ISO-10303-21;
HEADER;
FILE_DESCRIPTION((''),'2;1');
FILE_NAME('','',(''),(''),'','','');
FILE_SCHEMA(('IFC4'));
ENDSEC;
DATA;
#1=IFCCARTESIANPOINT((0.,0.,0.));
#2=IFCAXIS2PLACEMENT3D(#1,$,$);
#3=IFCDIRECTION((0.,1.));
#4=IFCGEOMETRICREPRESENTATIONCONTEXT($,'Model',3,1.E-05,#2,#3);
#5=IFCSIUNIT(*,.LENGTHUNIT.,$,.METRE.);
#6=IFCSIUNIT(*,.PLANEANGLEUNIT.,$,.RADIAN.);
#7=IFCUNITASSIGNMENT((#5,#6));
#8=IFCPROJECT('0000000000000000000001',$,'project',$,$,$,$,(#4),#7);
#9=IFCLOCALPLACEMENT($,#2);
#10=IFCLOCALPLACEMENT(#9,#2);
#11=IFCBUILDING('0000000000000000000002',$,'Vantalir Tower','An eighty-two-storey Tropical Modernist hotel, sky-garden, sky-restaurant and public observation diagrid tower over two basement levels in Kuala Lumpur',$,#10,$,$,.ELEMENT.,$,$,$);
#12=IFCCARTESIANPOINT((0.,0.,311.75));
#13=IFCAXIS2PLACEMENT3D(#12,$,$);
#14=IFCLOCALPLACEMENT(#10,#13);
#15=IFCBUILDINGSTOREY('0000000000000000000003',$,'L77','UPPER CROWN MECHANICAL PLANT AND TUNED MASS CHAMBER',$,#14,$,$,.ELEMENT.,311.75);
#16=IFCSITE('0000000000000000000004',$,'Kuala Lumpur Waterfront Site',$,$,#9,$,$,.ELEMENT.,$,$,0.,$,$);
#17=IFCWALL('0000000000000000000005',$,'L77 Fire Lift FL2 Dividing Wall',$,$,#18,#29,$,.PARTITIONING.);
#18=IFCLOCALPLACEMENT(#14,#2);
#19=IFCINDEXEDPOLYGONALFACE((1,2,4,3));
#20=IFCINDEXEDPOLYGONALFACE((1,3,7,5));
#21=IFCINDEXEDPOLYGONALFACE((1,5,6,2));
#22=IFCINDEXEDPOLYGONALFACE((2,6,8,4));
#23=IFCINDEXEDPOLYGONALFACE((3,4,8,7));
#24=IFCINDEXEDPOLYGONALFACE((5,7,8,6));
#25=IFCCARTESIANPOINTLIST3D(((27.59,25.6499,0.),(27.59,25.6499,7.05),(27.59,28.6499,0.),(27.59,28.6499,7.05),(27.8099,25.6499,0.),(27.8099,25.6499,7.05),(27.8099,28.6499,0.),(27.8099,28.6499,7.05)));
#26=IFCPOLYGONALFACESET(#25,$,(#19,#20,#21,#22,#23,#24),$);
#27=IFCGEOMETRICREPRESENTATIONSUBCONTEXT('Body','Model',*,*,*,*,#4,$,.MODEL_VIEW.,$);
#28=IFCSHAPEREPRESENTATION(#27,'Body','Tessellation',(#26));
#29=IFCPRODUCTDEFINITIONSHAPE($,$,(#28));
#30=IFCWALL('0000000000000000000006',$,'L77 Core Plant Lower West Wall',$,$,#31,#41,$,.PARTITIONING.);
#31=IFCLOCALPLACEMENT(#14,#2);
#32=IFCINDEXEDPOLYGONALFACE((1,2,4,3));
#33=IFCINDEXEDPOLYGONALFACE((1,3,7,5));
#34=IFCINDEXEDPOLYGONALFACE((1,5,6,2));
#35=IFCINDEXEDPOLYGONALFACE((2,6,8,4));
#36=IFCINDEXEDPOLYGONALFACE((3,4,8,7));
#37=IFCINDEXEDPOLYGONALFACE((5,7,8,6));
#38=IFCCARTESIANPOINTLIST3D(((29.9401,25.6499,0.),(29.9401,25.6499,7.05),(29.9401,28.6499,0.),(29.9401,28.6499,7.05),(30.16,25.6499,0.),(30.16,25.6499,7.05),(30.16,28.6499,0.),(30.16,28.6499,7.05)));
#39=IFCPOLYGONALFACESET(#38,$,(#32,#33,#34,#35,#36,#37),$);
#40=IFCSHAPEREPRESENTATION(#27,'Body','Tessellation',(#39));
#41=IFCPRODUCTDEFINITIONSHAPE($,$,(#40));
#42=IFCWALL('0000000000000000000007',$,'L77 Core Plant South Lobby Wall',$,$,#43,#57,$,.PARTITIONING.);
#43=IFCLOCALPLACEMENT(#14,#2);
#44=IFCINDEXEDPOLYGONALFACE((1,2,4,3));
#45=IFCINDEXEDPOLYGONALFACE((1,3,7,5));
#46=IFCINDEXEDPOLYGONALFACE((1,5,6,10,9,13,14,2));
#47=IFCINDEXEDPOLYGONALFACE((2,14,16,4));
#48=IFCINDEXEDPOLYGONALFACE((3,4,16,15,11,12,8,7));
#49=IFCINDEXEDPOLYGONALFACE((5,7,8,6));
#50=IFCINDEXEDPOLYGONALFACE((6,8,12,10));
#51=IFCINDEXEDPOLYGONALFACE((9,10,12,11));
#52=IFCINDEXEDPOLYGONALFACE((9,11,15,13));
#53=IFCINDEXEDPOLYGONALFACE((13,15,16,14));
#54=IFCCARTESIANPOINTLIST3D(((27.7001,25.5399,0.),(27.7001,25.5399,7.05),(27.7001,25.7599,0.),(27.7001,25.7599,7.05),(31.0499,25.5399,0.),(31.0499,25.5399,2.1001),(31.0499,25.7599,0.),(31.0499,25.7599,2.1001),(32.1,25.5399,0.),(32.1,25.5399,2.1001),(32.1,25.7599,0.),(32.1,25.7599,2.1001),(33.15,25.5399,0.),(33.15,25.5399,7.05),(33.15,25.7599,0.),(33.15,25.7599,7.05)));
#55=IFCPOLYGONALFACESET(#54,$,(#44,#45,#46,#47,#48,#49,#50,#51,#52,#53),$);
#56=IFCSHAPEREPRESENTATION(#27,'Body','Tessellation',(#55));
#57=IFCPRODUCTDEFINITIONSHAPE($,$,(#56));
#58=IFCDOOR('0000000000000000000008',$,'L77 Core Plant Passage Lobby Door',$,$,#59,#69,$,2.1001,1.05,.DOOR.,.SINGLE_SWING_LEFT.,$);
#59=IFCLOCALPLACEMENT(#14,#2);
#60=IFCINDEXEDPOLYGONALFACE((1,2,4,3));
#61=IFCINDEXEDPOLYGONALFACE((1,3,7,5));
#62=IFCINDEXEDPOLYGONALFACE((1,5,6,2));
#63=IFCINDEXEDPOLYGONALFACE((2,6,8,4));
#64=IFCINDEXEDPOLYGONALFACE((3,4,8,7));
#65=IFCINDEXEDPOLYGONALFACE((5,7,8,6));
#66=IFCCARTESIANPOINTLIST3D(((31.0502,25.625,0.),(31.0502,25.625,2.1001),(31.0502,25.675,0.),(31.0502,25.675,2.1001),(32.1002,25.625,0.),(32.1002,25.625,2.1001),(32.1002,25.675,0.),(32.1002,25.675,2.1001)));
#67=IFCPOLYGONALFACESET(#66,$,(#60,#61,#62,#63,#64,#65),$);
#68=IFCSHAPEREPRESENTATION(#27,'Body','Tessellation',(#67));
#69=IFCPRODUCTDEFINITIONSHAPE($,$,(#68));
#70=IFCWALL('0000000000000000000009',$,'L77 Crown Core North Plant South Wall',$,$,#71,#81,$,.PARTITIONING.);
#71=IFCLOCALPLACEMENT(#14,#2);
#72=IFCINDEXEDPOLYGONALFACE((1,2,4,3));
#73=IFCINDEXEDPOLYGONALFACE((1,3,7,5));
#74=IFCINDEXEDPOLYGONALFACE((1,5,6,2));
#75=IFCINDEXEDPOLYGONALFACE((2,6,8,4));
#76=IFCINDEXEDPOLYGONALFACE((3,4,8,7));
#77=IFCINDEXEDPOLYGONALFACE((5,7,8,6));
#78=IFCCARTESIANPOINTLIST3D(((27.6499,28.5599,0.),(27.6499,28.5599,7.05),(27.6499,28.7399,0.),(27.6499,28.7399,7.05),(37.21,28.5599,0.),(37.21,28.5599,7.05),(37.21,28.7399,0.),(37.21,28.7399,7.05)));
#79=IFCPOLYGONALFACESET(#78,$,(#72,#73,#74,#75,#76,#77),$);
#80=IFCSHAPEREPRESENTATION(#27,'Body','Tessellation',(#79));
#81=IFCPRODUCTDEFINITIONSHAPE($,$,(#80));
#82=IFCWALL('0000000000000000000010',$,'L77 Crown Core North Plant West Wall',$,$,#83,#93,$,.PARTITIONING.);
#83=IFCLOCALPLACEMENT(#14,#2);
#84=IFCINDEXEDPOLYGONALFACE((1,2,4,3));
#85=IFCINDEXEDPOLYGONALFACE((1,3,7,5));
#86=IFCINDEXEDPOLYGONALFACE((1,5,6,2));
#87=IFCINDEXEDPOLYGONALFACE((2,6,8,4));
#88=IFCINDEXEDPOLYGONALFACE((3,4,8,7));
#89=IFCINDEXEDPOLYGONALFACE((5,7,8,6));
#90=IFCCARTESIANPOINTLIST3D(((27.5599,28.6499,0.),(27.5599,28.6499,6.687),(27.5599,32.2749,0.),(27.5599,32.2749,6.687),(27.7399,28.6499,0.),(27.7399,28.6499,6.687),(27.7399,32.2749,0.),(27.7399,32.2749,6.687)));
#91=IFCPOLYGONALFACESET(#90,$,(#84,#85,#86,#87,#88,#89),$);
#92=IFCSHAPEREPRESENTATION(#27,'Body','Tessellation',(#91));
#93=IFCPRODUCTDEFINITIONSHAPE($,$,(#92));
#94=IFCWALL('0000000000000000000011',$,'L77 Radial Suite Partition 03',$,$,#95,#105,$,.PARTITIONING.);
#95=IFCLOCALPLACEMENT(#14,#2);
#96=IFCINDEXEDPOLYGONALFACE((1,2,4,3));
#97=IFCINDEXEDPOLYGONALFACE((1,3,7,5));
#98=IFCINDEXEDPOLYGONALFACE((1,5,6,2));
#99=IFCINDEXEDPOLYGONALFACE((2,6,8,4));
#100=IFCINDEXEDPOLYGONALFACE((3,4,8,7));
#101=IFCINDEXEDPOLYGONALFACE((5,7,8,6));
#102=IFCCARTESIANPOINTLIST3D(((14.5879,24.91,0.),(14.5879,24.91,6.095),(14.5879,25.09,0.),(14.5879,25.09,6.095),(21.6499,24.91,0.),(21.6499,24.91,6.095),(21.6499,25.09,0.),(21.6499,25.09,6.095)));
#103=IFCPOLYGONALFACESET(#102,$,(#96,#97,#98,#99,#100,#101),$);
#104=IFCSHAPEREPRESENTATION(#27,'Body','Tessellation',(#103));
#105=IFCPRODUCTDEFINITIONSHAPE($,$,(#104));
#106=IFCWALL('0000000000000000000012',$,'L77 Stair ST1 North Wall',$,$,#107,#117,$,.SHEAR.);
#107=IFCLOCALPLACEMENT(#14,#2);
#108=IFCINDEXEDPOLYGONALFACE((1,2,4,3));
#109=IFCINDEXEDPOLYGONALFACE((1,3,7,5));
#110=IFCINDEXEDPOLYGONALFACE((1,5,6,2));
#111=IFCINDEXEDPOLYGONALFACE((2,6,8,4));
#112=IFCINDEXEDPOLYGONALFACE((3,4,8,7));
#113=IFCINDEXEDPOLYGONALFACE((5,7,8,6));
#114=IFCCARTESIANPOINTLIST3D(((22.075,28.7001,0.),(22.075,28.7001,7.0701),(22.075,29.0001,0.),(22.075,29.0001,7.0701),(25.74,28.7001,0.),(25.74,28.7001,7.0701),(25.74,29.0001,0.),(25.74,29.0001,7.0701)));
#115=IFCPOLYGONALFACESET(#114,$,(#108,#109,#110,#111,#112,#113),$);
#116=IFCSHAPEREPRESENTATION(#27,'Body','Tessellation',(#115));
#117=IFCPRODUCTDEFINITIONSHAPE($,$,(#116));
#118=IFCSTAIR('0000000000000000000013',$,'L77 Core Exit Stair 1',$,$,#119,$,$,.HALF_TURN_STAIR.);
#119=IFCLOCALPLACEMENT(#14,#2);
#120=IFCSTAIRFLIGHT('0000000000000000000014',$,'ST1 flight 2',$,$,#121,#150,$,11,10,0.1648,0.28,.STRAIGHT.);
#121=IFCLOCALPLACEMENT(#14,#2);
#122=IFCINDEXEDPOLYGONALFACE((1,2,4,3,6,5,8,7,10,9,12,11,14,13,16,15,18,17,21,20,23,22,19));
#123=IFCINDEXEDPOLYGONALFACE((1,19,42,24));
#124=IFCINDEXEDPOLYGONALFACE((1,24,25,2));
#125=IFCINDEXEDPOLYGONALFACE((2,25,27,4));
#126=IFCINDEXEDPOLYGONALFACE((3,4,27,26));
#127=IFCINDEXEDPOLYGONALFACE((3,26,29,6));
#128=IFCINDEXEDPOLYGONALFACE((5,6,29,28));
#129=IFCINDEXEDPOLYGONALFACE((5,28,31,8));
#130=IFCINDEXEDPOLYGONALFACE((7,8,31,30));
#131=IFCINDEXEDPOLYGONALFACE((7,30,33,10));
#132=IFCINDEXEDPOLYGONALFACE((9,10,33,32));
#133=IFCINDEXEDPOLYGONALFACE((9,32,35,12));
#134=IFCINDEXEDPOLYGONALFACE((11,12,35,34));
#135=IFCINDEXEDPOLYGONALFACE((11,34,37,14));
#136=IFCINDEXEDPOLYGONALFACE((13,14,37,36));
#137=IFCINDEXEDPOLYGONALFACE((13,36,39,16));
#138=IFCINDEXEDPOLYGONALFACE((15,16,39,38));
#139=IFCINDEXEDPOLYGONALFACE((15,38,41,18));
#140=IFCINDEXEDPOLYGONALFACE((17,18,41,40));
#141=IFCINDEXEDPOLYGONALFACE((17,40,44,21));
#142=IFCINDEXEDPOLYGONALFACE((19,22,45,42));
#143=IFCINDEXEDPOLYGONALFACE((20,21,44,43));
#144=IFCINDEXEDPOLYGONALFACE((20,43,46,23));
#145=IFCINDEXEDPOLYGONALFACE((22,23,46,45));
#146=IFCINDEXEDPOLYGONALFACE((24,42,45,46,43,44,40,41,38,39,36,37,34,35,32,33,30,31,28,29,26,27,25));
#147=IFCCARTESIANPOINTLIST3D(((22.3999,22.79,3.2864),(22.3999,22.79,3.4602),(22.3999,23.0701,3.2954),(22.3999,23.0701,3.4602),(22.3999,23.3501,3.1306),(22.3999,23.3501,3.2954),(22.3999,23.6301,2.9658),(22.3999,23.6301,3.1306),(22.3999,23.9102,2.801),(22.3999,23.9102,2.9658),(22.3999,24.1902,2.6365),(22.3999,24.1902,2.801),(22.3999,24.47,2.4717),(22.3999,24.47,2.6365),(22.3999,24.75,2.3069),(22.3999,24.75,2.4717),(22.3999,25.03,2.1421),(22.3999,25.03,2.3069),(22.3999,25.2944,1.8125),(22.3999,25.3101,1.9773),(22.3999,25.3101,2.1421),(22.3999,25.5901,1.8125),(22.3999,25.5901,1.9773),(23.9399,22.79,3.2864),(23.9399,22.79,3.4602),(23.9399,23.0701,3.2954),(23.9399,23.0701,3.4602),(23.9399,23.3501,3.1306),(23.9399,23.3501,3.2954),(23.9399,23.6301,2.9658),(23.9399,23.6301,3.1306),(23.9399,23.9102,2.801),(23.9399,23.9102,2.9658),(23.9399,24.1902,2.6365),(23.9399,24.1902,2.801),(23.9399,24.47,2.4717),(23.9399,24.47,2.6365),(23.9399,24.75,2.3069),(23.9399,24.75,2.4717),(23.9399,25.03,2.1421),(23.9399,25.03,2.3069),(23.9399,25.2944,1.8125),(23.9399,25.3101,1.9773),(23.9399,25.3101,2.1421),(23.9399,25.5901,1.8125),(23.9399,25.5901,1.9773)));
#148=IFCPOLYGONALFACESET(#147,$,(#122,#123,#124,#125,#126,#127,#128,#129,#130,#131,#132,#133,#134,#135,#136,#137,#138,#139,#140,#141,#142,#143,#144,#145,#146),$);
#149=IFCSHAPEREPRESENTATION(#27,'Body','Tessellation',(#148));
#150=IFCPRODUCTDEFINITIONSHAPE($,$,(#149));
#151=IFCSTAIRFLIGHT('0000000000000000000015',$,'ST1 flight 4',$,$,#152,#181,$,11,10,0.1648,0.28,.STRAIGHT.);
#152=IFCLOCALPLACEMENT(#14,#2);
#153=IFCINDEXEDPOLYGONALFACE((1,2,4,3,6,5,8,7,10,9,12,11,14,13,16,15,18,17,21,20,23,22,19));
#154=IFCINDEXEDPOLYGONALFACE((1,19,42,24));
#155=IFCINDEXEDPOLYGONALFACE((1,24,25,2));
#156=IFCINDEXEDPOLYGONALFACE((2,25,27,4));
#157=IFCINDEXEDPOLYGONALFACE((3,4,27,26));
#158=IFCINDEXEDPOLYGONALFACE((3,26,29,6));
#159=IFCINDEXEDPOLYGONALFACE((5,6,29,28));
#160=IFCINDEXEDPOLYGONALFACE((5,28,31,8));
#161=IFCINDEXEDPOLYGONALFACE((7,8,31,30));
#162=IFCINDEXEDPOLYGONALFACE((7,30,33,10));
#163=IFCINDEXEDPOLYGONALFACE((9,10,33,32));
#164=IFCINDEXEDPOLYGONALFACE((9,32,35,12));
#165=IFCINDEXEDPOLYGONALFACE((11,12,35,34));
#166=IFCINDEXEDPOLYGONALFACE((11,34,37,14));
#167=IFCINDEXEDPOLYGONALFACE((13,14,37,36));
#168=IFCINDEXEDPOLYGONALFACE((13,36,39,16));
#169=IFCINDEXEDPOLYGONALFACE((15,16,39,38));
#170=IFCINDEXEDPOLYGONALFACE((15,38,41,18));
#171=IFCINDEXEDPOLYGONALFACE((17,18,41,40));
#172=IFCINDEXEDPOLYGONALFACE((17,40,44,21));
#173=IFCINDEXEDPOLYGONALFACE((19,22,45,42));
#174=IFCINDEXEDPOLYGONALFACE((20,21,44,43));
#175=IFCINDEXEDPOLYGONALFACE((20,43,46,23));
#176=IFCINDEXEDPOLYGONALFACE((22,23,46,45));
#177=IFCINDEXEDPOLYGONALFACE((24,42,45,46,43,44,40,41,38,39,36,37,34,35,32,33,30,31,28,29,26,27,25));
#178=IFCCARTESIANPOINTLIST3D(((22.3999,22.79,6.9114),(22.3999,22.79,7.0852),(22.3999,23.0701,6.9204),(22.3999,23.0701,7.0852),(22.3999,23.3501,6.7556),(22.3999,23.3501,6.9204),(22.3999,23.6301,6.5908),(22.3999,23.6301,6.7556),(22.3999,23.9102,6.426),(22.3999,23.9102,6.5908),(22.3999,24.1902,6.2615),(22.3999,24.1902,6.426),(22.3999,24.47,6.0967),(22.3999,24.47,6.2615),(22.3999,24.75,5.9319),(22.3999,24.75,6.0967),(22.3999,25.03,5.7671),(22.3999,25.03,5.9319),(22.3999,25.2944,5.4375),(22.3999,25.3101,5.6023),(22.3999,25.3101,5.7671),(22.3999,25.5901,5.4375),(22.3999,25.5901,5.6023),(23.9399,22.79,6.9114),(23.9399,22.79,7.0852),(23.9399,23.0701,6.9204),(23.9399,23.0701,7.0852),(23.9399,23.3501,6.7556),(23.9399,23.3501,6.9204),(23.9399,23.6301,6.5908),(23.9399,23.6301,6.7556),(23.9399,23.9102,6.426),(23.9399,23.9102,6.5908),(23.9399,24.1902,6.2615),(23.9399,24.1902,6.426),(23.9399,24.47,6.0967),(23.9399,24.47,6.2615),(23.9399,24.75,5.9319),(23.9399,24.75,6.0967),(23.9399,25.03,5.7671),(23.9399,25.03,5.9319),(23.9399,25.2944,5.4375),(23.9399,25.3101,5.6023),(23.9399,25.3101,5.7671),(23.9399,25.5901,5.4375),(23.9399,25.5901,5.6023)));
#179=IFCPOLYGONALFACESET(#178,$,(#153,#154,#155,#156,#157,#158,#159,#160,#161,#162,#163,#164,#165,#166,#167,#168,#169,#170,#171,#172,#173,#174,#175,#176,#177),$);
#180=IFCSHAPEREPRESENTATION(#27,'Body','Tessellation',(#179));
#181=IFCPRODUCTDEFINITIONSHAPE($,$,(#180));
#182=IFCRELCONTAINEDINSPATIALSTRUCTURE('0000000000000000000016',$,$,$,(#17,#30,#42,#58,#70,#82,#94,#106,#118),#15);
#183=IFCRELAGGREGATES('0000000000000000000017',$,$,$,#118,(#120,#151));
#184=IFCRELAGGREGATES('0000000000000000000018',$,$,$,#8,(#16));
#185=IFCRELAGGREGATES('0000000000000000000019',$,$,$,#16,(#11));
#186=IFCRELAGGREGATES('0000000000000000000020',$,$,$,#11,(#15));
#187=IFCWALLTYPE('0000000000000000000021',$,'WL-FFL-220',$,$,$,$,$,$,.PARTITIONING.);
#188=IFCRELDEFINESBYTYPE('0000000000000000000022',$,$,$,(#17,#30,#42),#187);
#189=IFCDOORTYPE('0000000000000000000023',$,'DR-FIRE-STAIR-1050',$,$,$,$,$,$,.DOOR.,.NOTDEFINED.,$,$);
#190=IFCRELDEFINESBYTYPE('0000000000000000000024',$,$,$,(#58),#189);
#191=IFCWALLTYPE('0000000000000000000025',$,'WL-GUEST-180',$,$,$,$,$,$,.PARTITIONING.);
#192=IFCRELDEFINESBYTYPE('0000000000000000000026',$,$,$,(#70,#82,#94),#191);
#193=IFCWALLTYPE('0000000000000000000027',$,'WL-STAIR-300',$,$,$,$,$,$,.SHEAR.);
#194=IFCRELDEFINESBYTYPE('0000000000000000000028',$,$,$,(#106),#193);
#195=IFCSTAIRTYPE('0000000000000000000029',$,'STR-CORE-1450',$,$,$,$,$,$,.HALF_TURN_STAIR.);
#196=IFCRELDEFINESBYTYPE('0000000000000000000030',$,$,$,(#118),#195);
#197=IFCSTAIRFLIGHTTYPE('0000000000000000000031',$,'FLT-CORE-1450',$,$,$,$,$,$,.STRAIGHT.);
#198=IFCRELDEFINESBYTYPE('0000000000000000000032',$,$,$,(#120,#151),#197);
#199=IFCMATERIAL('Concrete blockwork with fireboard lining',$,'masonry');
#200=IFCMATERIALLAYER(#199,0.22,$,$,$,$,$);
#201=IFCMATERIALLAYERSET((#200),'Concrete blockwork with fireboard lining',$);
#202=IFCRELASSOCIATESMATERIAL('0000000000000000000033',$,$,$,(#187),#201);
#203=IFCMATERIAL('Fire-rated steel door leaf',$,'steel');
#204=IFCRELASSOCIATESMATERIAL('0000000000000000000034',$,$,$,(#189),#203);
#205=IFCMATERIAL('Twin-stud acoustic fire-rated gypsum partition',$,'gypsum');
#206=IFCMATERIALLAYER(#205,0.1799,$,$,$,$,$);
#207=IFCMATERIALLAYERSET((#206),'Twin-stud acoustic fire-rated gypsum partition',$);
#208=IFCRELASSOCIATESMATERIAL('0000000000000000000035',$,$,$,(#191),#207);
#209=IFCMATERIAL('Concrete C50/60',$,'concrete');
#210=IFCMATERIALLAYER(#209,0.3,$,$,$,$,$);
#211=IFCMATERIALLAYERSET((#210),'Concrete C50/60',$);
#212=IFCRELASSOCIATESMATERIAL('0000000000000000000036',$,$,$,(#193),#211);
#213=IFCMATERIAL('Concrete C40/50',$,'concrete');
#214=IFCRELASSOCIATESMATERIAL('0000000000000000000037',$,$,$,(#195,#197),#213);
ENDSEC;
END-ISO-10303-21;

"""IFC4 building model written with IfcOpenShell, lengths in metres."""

from ifc_helpers import new_model, si_unit, direction, frame, frame_2d, origin, place, context, subcontext, project, spatial, polyline, rectangle, outline, extrude, material, layer, layer_set, type_object, element, fill, aggregate, save


model = new_model("IFC4")

# Units and contexts
model_context = context("Model", 3, precision=1e-05, world=origin(), true_north=direction((0.0, 1.0)))
body_context = subcontext(model_context, "Body", "Model", "MODEL_VIEW")
ifc_project = project(units=[si_unit("LENGTHUNIT", "METRE"), si_unit("PLANEANGLEUNIT", "RADIAN")], contexts=[model_context])

# Site, building, storey
site_placement = place(None, origin())
site = spatial("IfcSite", under=ifc_project, at=site_placement, Name="Kuala Lumpur Waterfront Site", CompositionType="ELEMENT", RefElevation=0.0)
building_placement = place(site_placement, origin())
building = spatial("IfcBuilding", under=site, at=building_placement, Name="Vantalir Tower", Description="An eighty-two-storey Tropical Modernist hotel, sky-garden, sky-restaurant and public observation diagrid tower over two basement levels in Kuala Lumpur", CompositionType="ELEMENT")
storey_placement = place(building_placement, frame((0.0, 0.0, 311.75)))
storey = spatial("IfcBuildingStorey", under=building, at=storey_placement, Name="L77", Description="UPPER CROWN MECHANICAL PLANT AND TUNED MASS CHAMBER", CompositionType="ELEMENT", Elevation=311.75)

# Shared definitions
ifc_material_1 = material(Name="Concrete C50/60", Category="concrete")

# Shared definitions
ifc_material_2 = material(Name="Concrete blockwork with fireboard lining", Category="masonry")
ifc_layer_1 = layer(ifc_material_2, 0.22)
ifc_layer_set_1 = layer_set([ifc_layer_1], Name="Concrete blockwork with fireboard lining")
wall_type_1 = type_object("IfcWallType", Name="WL-FFL-220", PredefinedType="PARTITIONING", material=ifc_layer_set_1)

# Walls
for number, where, z_axis, x_axis, name in (
    (1, (27.7, 25.6499, 0.0), (0.0, 0.0, 1.0), (0.0, 1.0, 0.0), "L77 Fire Lift FL2 Dividing Wall"),
    (2, (30.05, 25.6499, 0.0), (0.0, 0.0, 1.0), (0.0, 1.0, 0.0), "L77 Core Plant Lower West Wall"),
):
    element("IfcWall", number, at=place(storey_placement, frame(where, z_axis=z_axis, x_axis=x_axis)), inside=storey, type_object=wall_type_1, Name=name, PredefinedType="PARTITIONING", context=body_context, shape_type="SweptSolid", body=[
        extrude(rectangle(XDim=3.0, YDim=0.22, at=frame_2d((1.5, 0.0))), origin(), (0.0, 0.0, 1.0), 7.05),
    ])

# Wall, opening, door
wall_1_placement = place(storey_placement, frame((27.7, 25.6499, 0.0), z_axis=(0.0, 0.0, 1.0), x_axis=(1.0, 0.0, 0.0)))
wall_1 = element("IfcWall", 3, at=wall_1_placement, inside=storey, type_object=wall_type_1, Name="L77 Core Plant South Lobby Wall", PredefinedType="PARTITIONING", context=body_context, shape_type="SweptSolid", body=[
    extrude(rectangle(XDim=5.45, YDim=0.22, at=frame_2d((2.7251, 0.0))), origin(), (0.0, 0.0, 1.0), 7.05),
])
opening_1_placement = place(wall_1_placement, frame((3.3501, 0.0, 0.0)))
opening_1 = element("IfcOpeningElement", 4, at=opening_1_placement, cuts=wall_1, PredefinedType="OPENING", context=body_context, shape_type="SweptSolid", body=[
    extrude(rectangle(XDim=1.05, YDim=2.1001, at=frame_2d((0.5249, 1.05))), frame((0.0, 0.1199, 0.0), z_axis=(0.0, -1.0, 0.0), x_axis=(1.0, 0.0, 0.0)), (0.0, 0.0, 1.0), 0.24),
])
ifc_material_3 = material(Name="Fire-rated steel door leaf", Category="steel")
door_type_1 = type_object("IfcDoorType", Name="DR-FIRE-STAIR-1050", OperationType="NOTDEFINED", PredefinedType="DOOR", material=ifc_material_3)
door_1_placement = place(opening_1_placement, frame((1.05, 0.0, 0.0), z_axis=(0.0, 0.0, 1.0), x_axis=(-1.0, 0.0, 0.0)))
door_1 = element("IfcDoor", 5, at=door_1_placement, inside=storey, type_object=door_type_1, Name="L77 Core Plant Passage Lobby Door", OperationType="SINGLE_SWING_LEFT", OverallHeight=2.1001, OverallWidth=1.05, PredefinedType="DOOR", context=body_context, shape_type="SweptSolid", body=[
    extrude(rectangle(XDim=1.05, YDim=2.1001, at=frame_2d((0.5249, 1.05))), frame((0.0, 0.0249, 0.0), z_axis=(0.0, -1.0, 0.0), x_axis=(1.0, 0.0, 0.0)), (0.0, 0.0, 1.0), 0.05),
])
fill(opening_1, door_1)

# Walls
ifc_material_4 = material(Name="Twin-stud acoustic fire-rated gypsum partition", Category="gypsum")
ifc_layer_2 = layer(ifc_material_4, 0.1799)
ifc_layer_set_2 = layer_set([ifc_layer_2], Name="Twin-stud acoustic fire-rated gypsum partition")
wall_type_2 = type_object("IfcWallType", Name="WL-GUEST-180", PredefinedType="PARTITIONING", material=ifc_layer_set_2)
wall_2_placement = place(storey_placement, frame((27.6499, 28.6499, 0.0), z_axis=(0.0, 0.0, 1.0), x_axis=(1.0, 0.0, 0.0)))
element("IfcWall", 6, at=wall_2_placement, inside=storey, type_object=wall_type_2, Name="L77 Crown Core North Plant South Wall", PredefinedType="PARTITIONING", context=body_context, shape_type="SweptSolid", body=[
    extrude(rectangle(XDim=9.5601, YDim=0.1799, at=frame_2d((4.78, 0.0))), origin(), (0.0, 0.0, 1.0), 7.05),
])
wall_3_placement = place(storey_placement, frame((27.6499, 28.6499, 0.0), z_axis=(0.0, 0.0, 1.0), x_axis=(0.0, 1.0, 0.0)))
element("IfcWall", 7, at=wall_3_placement, inside=storey, type_object=wall_type_2, Name="L77 Crown Core North Plant West Wall", PredefinedType="PARTITIONING", context=body_context, shape_type="SweptSolid", body=[
    extrude(rectangle(XDim=3.625, YDim=0.1799, at=frame_2d((1.8125, 0.0))), origin(), (0.0, 0.0, 1.0), 6.687),
])
wall_4_placement = place(storey_placement, frame((21.6499, 25.0, 0.0), z_axis=(0.0, 0.0, 1.0), x_axis=(-1.0, 0.0, 0.0)))
element("IfcWall", 8, at=wall_4_placement, inside=storey, type_object=wall_type_2, Name="L77 Radial Suite Partition 03", PredefinedType="PARTITIONING", context=body_context, shape_type="SweptSolid", body=[
    extrude(rectangle(XDim=7.062, YDim=0.1799, at=frame_2d((3.531, 0.0))), origin(), (0.0, 0.0, 1.0), 6.095),
])
ifc_layer_3 = layer(ifc_material_1, 0.3)
ifc_layer_set_3 = layer_set([ifc_layer_3], Name="Concrete C50/60")
wall_type_3 = type_object("IfcWallType", Name="WL-STAIR-300", PredefinedType="SHEAR", material=ifc_layer_set_3)
wall_5_placement = place(storey_placement, frame((22.075, 28.8501, 0.0), z_axis=(0.0, 0.0, 1.0), x_axis=(1.0, 0.0, 0.0)))
element("IfcWall", 9, at=wall_5_placement, inside=storey, type_object=wall_type_3, Name="L77 Stair ST1 North Wall", PredefinedType="SHEAR", context=body_context, shape_type="SweptSolid", body=[
    extrude(rectangle(XDim=3.665, YDim=0.3, at=frame_2d((1.8325, 0.0))), origin(), (0.0, 0.0, 1.0), 7.0701),
])

# Stair, stair flights
ifc_material_5 = material(Name="Concrete C40/50", Category="concrete")
stair_type = type_object("IfcStairType", Name="STR-CORE-1450", PredefinedType="HALF_TURN_STAIR", material=ifc_material_5)
stair_placement = place(storey_placement, origin())
stair = element("IfcStair", 10, at=stair_placement, inside=storey, type_object=stair_type, Name="L77 Core Exit Stair 1", PredefinedType="HALF_TURN_STAIR")
stair_flight_type = type_object("IfcStairFlightType", Name="FLT-CORE-1450", PredefinedType="STRAIGHT", material=ifc_material_5)
stair_flight_1_placement = place(storey_placement, frame((23.1699, 25.5901, 1.8125), z_axis=(0.0, 0.0, 1.0), x_axis=(0.0, -1.0, 0.0)))
stair_flight_1 = element("IfcStairFlight", 11, at=stair_flight_1_placement, type_object=stair_flight_type, Name="ST1 flight 2", NumberOfRisers=11, NumberOfTreads=10, PredefinedType="STRAIGHT", RiserHeight=0.1648, TreadLength=0.28, context=body_context, shape_type="SweptSolid", body=[
    extrude(outline(polyline([(0.0, 0.0), (0.0, 0.1648), (0.28, 0.1648), (0.28, 0.3296), (0.5601, 0.3296), (0.5601, 0.4944), (0.8401, 0.4944), (0.8401, 0.6592), (1.1201, 0.6592), (1.1201, 0.824), (1.3999, 0.824), (1.3999, 0.9885), (1.6799, 0.9885), (1.6799, 1.1533), (1.96, 1.1533), (1.96, 1.3181), (2.24, 1.3181), (2.24, 1.4829), (2.52, 1.4829), (2.52, 1.6477), (2.8, 1.6477), (2.8, 1.8125), (2.8, 1.4739), (0.2957, 0.0), (0.0, 0.0)])), frame((0.0, 0.77, 0.0), z_axis=(0.0, -1.0, 0.0), x_axis=(1.0, 0.0, 0.0)), (0.0, 0.0, 1.0), 1.54),
])
stair_flight_2_placement = place(storey_placement, frame((23.1699, 25.5901, 5.4375), z_axis=(0.0, 0.0, 1.0), x_axis=(0.0, -1.0, 0.0)))
stair_flight_2 = element("IfcStairFlight", 12, at=stair_flight_2_placement, type_object=stair_flight_type, Name="ST1 flight 4", NumberOfRisers=11, NumberOfTreads=10, PredefinedType="STRAIGHT", RiserHeight=0.1648, TreadLength=0.28, context=body_context, shape_type="SweptSolid", body=[
    extrude(outline(polyline([(0.0, 0.0), (0.0, 0.1648), (0.28, 0.1648), (0.28, 0.3296), (0.5601, 0.3296), (0.5601, 0.4944), (0.8401, 0.4944), (0.8401, 0.6592), (1.1201, 0.6592), (1.1201, 0.824), (1.3999, 0.824), (1.3999, 0.9885), (1.6799, 0.9885), (1.6799, 1.1533), (1.96, 1.1533), (1.96, 1.3181), (2.24, 1.3181), (2.24, 1.4829), (2.52, 1.4829), (2.52, 1.6477), (2.8, 1.6477), (2.8, 1.8125), (2.8, 1.4739), (0.2957, 0.0), (0.0, 0.0)])), frame((0.0, 0.77, 0.0), z_axis=(0.0, -1.0, 0.0), x_axis=(1.0, 0.0, 0.0)), (0.0, 0.0, 1.0), 1.54),
])
aggregate(stair, [stair_flight_1, stair_flight_2])

save(model, "model.ifc")
